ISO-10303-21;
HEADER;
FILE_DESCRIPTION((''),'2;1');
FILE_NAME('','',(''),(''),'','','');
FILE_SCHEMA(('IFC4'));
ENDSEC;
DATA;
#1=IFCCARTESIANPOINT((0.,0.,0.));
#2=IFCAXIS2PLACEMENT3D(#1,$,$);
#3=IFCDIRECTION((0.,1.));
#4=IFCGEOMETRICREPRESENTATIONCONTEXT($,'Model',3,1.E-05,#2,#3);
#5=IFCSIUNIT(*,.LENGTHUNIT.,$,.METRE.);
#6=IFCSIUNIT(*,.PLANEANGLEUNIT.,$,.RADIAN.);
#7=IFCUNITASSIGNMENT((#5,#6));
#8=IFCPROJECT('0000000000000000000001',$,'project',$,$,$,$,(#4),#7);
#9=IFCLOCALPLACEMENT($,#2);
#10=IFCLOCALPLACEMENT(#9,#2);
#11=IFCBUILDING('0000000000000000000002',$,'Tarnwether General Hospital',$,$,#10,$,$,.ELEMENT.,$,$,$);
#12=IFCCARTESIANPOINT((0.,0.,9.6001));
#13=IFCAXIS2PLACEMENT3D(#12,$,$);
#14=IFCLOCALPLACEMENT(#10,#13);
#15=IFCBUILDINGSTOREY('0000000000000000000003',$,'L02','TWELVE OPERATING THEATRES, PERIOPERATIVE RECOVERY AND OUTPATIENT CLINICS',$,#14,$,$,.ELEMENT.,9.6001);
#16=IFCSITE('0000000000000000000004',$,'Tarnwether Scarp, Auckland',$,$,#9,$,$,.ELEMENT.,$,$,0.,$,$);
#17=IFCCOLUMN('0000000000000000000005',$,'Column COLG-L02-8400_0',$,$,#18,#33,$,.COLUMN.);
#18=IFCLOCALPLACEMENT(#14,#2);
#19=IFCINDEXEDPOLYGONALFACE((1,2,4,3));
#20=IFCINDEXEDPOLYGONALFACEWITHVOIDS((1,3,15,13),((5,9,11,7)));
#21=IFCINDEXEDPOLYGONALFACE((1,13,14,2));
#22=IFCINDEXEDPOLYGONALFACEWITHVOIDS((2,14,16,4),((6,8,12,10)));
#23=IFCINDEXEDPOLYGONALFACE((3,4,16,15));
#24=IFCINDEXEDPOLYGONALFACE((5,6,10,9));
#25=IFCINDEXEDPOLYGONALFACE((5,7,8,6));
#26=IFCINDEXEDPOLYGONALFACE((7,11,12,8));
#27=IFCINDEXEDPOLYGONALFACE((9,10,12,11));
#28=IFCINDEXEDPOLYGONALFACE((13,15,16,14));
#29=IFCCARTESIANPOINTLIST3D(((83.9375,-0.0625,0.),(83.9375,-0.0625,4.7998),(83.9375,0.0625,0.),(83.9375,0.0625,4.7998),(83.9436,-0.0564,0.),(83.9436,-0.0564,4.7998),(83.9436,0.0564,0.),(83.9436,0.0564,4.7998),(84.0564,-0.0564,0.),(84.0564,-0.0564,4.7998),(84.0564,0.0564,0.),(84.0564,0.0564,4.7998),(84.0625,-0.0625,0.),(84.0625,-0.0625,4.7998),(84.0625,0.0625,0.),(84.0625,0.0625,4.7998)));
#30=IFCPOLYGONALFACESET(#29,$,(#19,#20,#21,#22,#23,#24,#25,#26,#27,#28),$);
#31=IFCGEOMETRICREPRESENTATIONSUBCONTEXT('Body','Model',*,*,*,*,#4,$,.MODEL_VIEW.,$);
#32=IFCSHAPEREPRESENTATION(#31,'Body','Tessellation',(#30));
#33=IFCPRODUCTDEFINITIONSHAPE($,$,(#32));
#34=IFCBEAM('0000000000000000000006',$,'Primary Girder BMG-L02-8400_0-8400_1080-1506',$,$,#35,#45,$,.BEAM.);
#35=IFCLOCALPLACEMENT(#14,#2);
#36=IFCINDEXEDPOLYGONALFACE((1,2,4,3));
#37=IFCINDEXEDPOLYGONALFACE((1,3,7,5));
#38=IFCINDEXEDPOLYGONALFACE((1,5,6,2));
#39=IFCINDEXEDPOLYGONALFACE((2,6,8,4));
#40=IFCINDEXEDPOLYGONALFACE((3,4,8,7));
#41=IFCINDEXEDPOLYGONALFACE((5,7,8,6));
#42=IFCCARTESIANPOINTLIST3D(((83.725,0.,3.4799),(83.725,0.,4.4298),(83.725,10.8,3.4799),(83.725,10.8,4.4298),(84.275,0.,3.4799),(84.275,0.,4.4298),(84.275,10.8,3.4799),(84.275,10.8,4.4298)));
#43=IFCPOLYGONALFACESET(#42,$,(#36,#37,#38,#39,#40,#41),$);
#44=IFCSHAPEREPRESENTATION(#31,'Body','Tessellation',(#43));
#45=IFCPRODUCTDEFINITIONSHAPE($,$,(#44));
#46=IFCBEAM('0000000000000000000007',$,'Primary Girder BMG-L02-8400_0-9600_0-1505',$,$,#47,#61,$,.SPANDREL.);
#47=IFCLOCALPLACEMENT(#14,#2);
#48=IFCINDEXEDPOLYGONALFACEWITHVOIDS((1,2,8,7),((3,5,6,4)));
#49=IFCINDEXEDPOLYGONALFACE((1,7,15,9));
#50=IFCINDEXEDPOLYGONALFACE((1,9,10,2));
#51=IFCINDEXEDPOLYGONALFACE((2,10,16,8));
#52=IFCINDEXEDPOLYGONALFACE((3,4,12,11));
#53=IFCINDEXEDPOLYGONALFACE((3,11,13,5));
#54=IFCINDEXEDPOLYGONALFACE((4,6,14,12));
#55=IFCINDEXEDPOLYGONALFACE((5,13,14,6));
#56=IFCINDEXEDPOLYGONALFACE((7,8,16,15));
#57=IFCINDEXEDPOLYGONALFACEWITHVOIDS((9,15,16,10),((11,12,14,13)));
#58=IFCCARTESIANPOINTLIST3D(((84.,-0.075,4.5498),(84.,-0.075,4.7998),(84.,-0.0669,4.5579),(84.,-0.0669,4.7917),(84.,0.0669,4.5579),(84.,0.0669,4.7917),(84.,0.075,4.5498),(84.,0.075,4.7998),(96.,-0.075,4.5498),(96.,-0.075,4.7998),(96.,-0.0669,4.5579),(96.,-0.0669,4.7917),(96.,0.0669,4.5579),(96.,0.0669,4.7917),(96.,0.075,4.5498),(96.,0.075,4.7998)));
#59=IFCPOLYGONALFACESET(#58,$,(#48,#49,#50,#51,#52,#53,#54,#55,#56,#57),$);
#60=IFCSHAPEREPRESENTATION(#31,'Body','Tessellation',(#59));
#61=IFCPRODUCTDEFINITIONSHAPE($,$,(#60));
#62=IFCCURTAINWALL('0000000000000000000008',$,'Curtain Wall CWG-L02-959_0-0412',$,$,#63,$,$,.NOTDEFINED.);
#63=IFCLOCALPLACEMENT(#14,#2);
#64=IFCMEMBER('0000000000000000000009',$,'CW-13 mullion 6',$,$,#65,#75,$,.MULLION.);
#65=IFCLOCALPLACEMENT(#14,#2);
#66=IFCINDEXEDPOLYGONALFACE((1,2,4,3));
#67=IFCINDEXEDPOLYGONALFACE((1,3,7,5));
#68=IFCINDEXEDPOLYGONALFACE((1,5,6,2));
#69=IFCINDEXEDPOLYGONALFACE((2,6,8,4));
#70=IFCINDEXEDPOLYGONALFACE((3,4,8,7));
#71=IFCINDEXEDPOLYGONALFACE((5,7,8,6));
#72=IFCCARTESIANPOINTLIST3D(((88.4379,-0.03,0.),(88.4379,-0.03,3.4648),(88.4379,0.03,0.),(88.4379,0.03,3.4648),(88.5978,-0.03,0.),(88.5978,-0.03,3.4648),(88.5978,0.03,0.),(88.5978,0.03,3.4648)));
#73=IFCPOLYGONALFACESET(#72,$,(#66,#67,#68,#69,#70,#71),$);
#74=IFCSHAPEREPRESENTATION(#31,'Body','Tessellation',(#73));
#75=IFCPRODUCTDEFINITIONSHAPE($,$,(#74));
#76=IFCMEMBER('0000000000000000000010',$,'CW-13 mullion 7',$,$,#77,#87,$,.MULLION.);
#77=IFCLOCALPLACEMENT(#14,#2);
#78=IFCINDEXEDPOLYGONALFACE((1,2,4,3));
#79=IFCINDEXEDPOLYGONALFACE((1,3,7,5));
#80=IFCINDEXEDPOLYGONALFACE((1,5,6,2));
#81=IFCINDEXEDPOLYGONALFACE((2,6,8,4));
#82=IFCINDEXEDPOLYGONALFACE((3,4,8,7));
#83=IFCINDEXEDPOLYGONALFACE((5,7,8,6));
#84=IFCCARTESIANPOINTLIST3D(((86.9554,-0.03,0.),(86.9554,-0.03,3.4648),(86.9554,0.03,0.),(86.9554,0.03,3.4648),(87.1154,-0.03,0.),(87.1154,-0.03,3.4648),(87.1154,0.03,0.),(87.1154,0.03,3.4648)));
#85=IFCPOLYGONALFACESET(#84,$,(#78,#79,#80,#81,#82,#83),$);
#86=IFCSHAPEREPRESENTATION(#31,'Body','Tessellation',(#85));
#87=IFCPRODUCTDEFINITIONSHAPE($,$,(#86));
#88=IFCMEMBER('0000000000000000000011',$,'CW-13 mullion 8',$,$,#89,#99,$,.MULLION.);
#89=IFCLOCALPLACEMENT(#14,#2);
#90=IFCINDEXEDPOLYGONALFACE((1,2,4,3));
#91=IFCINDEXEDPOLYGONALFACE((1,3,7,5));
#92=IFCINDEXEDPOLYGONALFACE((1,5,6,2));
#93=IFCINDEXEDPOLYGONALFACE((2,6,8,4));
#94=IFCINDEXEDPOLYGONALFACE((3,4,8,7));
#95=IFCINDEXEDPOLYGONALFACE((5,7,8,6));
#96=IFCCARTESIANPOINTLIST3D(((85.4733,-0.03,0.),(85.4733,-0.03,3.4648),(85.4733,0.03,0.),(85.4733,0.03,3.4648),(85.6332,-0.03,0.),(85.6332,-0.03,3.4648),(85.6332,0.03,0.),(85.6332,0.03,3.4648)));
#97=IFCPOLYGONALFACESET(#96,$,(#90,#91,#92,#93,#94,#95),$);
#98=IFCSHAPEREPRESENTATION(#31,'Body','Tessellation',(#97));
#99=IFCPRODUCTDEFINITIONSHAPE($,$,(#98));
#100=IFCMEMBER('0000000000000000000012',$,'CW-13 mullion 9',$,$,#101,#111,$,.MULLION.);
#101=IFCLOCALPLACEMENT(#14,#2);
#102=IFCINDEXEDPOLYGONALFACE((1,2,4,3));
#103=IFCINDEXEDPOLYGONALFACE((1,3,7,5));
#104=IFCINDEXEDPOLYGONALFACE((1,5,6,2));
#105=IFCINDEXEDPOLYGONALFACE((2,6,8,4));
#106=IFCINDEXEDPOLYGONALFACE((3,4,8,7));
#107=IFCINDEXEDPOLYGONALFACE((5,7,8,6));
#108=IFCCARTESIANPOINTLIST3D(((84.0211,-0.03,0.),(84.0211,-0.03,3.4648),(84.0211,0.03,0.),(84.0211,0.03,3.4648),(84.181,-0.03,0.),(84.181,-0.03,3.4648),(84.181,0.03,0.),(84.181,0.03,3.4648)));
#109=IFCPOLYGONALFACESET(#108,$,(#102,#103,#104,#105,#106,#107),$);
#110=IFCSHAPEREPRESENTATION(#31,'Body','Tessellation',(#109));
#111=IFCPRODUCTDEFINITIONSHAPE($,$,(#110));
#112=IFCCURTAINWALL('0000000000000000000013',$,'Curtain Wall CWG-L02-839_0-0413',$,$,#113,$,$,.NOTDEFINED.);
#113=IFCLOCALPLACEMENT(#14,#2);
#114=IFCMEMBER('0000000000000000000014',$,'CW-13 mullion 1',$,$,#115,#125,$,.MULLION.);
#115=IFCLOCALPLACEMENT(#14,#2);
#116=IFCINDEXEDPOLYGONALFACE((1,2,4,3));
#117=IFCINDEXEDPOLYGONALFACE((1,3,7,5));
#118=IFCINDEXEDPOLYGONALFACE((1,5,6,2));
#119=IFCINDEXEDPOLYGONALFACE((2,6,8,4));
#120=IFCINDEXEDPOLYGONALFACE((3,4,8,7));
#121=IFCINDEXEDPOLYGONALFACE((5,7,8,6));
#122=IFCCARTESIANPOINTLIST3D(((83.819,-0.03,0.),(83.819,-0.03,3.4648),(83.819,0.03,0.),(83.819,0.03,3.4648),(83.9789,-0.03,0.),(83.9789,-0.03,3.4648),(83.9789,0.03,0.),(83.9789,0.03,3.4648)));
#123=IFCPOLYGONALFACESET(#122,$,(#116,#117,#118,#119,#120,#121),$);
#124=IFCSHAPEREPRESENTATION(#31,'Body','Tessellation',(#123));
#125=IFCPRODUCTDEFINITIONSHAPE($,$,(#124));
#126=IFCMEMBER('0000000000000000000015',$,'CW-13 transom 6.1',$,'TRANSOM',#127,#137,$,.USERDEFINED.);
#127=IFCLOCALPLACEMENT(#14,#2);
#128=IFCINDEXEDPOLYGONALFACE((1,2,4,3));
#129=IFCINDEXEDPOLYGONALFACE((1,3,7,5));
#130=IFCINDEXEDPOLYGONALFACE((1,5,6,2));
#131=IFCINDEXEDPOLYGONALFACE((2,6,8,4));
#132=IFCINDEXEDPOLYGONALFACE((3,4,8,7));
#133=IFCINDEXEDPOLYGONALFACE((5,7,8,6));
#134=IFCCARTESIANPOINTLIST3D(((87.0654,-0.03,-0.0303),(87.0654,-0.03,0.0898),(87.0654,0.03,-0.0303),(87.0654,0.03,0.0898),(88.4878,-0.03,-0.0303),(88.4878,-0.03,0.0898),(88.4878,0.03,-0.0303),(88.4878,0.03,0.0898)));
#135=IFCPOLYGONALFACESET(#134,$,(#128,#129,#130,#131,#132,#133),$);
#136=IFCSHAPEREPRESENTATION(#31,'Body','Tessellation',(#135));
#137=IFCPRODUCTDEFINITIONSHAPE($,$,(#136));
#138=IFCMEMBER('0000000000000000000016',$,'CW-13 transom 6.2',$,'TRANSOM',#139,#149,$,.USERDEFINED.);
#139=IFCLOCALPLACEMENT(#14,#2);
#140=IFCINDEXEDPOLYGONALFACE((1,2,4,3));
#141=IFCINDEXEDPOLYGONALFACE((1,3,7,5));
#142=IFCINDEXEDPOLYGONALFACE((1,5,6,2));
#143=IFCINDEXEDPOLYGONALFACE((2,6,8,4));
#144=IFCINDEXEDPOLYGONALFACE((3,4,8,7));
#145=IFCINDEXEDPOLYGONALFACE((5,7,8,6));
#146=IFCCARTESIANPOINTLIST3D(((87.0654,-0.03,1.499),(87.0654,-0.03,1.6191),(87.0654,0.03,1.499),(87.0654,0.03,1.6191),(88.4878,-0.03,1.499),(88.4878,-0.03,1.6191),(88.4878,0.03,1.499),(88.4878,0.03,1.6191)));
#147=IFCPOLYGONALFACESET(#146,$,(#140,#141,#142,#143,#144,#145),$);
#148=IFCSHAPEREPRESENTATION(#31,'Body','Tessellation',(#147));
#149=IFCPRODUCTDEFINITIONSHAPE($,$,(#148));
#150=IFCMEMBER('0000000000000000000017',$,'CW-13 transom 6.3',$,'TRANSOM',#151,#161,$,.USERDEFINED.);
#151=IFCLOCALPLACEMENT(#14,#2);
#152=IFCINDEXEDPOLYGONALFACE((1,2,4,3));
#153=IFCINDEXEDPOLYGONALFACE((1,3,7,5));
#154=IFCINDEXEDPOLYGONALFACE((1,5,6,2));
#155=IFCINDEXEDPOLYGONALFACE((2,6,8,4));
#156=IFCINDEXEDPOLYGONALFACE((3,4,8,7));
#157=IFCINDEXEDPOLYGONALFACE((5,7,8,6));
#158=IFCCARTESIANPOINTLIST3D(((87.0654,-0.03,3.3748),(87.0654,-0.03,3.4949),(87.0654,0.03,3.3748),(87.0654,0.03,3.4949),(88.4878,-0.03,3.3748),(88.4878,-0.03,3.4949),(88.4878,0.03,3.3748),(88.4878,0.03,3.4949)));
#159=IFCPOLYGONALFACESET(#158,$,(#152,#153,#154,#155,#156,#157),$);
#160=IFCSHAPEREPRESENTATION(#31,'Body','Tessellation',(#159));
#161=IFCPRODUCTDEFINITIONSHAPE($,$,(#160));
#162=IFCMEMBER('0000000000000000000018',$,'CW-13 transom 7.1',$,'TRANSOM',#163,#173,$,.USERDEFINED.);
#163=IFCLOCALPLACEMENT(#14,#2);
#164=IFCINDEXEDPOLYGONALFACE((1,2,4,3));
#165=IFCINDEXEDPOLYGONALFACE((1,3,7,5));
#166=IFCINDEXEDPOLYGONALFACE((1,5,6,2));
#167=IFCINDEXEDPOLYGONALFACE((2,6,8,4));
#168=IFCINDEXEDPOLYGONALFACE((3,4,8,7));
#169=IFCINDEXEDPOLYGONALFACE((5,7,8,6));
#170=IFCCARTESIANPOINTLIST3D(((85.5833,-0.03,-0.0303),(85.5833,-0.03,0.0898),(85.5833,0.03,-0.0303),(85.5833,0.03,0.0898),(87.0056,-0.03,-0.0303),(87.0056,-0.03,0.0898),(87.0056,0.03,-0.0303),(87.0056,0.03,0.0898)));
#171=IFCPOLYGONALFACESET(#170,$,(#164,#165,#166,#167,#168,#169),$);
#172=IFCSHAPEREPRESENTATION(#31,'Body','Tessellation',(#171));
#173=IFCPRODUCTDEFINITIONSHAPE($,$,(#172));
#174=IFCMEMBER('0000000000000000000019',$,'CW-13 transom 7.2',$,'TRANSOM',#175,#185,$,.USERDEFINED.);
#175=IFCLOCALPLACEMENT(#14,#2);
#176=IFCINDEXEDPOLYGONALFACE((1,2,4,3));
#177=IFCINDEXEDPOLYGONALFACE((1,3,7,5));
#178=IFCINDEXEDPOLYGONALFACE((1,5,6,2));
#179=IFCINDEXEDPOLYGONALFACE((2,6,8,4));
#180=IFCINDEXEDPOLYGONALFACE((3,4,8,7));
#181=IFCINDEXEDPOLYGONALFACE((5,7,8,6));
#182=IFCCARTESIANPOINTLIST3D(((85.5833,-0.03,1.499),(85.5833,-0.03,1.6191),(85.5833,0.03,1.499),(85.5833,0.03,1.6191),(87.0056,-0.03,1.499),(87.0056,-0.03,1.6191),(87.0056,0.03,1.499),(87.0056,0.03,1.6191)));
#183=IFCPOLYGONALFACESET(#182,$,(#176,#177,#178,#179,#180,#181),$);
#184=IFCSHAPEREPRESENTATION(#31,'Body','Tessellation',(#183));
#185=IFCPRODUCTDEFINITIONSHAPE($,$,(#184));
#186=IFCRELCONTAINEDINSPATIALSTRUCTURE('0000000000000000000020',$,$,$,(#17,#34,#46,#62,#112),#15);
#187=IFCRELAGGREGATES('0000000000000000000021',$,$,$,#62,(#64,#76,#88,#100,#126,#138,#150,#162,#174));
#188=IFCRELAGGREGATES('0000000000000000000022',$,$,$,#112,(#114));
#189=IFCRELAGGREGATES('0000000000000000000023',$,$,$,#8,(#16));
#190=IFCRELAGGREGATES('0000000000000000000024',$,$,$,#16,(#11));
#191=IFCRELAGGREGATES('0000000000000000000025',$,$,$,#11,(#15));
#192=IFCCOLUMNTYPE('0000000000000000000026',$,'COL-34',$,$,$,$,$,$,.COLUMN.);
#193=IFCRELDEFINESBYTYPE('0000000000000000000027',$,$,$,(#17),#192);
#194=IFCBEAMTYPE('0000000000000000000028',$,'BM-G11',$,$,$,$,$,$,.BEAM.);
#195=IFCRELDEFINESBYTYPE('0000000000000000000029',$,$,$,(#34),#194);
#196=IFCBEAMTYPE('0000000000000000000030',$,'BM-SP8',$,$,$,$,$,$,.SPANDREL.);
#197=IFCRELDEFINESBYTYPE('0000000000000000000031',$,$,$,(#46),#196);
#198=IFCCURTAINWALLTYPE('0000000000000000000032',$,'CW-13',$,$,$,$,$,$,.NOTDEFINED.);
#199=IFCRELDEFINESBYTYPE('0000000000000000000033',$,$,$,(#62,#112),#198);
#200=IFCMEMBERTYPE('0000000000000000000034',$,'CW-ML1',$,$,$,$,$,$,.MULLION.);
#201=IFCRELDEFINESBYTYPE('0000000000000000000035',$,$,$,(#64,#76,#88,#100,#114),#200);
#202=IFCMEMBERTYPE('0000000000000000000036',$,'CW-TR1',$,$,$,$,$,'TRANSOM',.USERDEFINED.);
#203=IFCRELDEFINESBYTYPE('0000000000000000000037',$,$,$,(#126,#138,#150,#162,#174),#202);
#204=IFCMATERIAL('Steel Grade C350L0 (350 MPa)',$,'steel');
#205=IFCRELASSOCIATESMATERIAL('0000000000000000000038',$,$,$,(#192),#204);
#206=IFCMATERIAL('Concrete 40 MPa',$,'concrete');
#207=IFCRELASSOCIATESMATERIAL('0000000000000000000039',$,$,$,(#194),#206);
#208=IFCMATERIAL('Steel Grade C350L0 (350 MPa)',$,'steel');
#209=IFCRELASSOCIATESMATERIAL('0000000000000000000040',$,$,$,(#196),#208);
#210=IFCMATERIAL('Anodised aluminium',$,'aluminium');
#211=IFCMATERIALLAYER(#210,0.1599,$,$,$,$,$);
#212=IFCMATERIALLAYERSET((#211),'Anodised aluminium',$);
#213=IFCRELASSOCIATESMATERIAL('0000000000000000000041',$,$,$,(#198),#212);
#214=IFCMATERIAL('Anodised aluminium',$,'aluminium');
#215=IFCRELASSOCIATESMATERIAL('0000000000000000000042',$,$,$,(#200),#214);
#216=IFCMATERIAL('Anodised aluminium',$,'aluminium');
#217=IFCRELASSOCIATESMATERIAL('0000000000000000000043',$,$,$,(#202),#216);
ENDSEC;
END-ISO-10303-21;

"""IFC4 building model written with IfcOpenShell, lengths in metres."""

from ifc_helpers import new_model, si_unit, direction, frame, origin, origin_2d, place, context, subcontext, project, spatial, rectangle, hollow_rectangle, extrude, material, layer, layer_set, material_profile, profile_set, type_object, element, aggregate, save


model = new_model("IFC4")

# Units and contexts
model_context = context("Model", 3, precision=1e-05, world=origin(), true_north=direction((0.0, 1.0)))
body_context = subcontext(model_context, "Body", "Model", "MODEL_VIEW")
ifc_project = project(units=[si_unit("LENGTHUNIT", "METRE"), si_unit("PLANEANGLEUNIT", "RADIAN")], contexts=[model_context])

# Site, building, storey
site_placement = place(None, origin())
site = spatial("IfcSite", under=ifc_project, at=site_placement, Name="Tarnwether Scarp, Auckland", CompositionType="ELEMENT", RefElevation=0.0)
building_placement = place(site_placement, origin())
building = spatial("IfcBuilding", under=site, at=building_placement, Name="Tarnwether General Hospital", CompositionType="ELEMENT")
storey_placement = place(building_placement, frame((0.0, 0.0, 9.6001)))
storey = spatial("IfcBuildingStorey", under=building, at=storey_placement, Name="L02", Description="TWELVE OPERATING THEATRES, PERIOPERATIVE RECOVERY AND OUTPATIENT CLINICS", CompositionType="ELEMENT", Elevation=9.6001)

# Column
ifc_material_1 = material(Name="Steel Grade C350L0 (350 MPa)", Category="steel")
ifc_material_profile_1 = material_profile(ifc_material_1, hollow_rectangle(XDim=0.125, YDim=0.125, WallThickness=0.0061, at=origin_2d()), Name="SHS125x125x6")
ifc_profile_set_1 = profile_set([ifc_material_profile_1], Name="Steel Grade C350L0 (350 MPa)")
column_type = type_object("IfcColumnType", Name="COL-34", PredefinedType="COLUMN", material=ifc_profile_set_1)
column_placement = place(storey_placement, frame((84.0, 0.0, 0.0), z_axis=(0.0, 0.0, 1.0), x_axis=(0.0, 1.0, 0.0)))
element("IfcColumn", 1, at=column_placement, inside=storey, type_object=column_type, Name="Column COLG-L02-8400_0", PredefinedType="COLUMN", context=body_context, shape_type="SweptSolid", body=[
    extrude(hollow_rectangle(XDim=0.125, YDim=0.125, WallThickness=0.0061, at=origin_2d()), origin(), (0.0, 0.0, 1.0), 4.7998),
])

# Beams
ifc_material_2 = material(Name="Concrete 40 MPa", Category="concrete")
ifc_material_profile_2 = material_profile(ifc_material_2, rectangle(XDim=0.55, YDim=0.95, at=origin_2d()), Name="RC-BM-550x950")
ifc_profile_set_2 = profile_set([ifc_material_profile_2], Name="Concrete 40 MPa")
beam_type_1 = type_object("IfcBeamType", Name="BM-G11", PredefinedType="BEAM", material=ifc_profile_set_2)
beam_1_placement = place(storey_placement, frame((84.0, 0.0, 3.9548), z_axis=(0.0, 1.0, 0.0), x_axis=(-1.0, 0.0, 0.0)))
element("IfcBeam", 2, at=beam_1_placement, inside=storey, type_object=beam_type_1, Name="Primary Girder BMG-L02-8400_0-8400_1080-1506", PredefinedType="BEAM", context=body_context, shape_type="SweptSolid", body=[
    extrude(rectangle(XDim=0.55, YDim=0.95, at=origin_2d()), origin(), (0.0, 0.0, 1.0), 10.8),
])
ifc_material_3 = material(Name="Steel Grade C350L0 (350 MPa)", Category="steel")
ifc_material_profile_3 = material_profile(ifc_material_3, hollow_rectangle(XDim=0.1499, YDim=0.25, WallThickness=0.0081, at=origin_2d()), Name="RHS250x150x8")
ifc_profile_set_3 = profile_set([ifc_material_profile_3], Name="Steel Grade C350L0 (350 MPa)")
beam_type_2 = type_object("IfcBeamType", Name="BM-SP8", PredefinedType="SPANDREL", material=ifc_profile_set_3)
beam_2_placement = place(storey_placement, frame((84.0, 0.0, 4.6748), z_axis=(1.0, 0.0, 0.0), x_axis=(0.0, 1.0, 0.0)))
element("IfcBeam", 3, at=beam_2_placement, inside=storey, type_object=beam_type_2, Name="Primary Girder BMG-L02-8400_0-9600_0-1505", PredefinedType="SPANDREL", context=body_context, shape_type="SweptSolid", body=[
    extrude(hollow_rectangle(XDim=0.1499, YDim=0.25, WallThickness=0.0081, at=origin_2d()), origin(), (0.0, 0.0, 1.0), 12.0),
])

# Curtain wall, members
ifc_material_4 = material(Name="Anodised aluminium", Category="aluminium")
ifc_layer_1 = layer(ifc_material_4, 0.1599)
ifc_layer_set_1 = layer_set([ifc_layer_1], Name="Anodised aluminium")
curtain_wall_type = type_object("IfcCurtainWallType", Name="CW-13", PredefinedType="NOTDEFINED", material=ifc_layer_set_1)
curtain_wall_1_placement = place(storey_placement, origin())
curtain_wall_1 = element("IfcCurtainWall", 4, at=curtain_wall_1_placement, inside=storey, type_object=curtain_wall_type, Name="Curtain Wall CWG-L02-959_0-0412", PredefinedType="NOTDEFINED")
ifc_material_5 = material(Name="Anodised aluminium", Category="aluminium")
ifc_material_profile_4 = material_profile(ifc_material_5, rectangle(XDim=0.0601, YDim=0.1599, at=origin_2d()), Name="ALU-MUL-60x160")
ifc_profile_set_4 = profile_set([ifc_material_profile_4], Name="Anodised aluminium")
member_type_1 = type_object("IfcMemberType", Name="CW-ML1", PredefinedType="MULLION", material=ifc_profile_set_4)
member_1_placement = place(storey_placement, frame((88.5178, 0.0, 0.0), z_axis=(0.0, 0.0, 1.0), x_axis=(0.0, -1.0, 0.0)))
member_1 = element("IfcMember", 5, at=member_1_placement, type_object=member_type_1, Name="CW-13 mullion 6", PredefinedType="MULLION", context=body_context, shape_type="SweptSolid", body=[
    extrude(rectangle(XDim=0.0601, YDim=0.1599, at=origin_2d()), origin(), (0.0, 0.0, 1.0), 3.4648),
])
member_2_placement = place(storey_placement, frame((87.0354, 0.0, 0.0), z_axis=(0.0, 0.0, 1.0), x_axis=(0.0, -1.0, 0.0)))
member_2 = element("IfcMember", 6, at=member_2_placement, type_object=member_type_1, Name="CW-13 mullion 7", PredefinedType="MULLION", context=body_context, shape_type="SweptSolid", body=[
    extrude(rectangle(XDim=0.0601, YDim=0.1599, at=origin_2d()), origin(), (0.0, 0.0, 1.0), 3.4648),
])
member_3_placement = place(storey_placement, frame((85.5532, 0.0, 0.0), z_axis=(0.0, 0.0, 1.0), x_axis=(0.0, -1.0, 0.0)))
member_3 = element("IfcMember", 7, at=member_3_placement, type_object=member_type_1, Name="CW-13 mullion 8", PredefinedType="MULLION", context=body_context, shape_type="SweptSolid", body=[
    extrude(rectangle(XDim=0.0601, YDim=0.1599, at=origin_2d()), origin(), (0.0, 0.0, 1.0), 3.4648),
])
member_4_placement = place(storey_placement, frame((84.1011, 0.0, 0.0), z_axis=(0.0, 0.0, 1.0), x_axis=(0.0, -1.0, 0.0)))
member_4 = element("IfcMember", 8, at=member_4_placement, type_object=member_type_1, Name="CW-13 mullion 9", PredefinedType="MULLION", context=body_context, shape_type="SweptSolid", body=[
    extrude(rectangle(XDim=0.0601, YDim=0.1599, at=origin_2d()), origin(), (0.0, 0.0, 1.0), 3.4648),
])

# Curtain wall, member
curtain_wall_2_placement = place(storey_placement, origin())
curtain_wall_2 = element("IfcCurtainWall", 9, at=curtain_wall_2_placement, inside=storey, type_object=curtain_wall_type, Name="Curtain Wall CWG-L02-839_0-0413", PredefinedType="NOTDEFINED")
member_5_placement = place(storey_placement, frame((83.8989, 0.0, 0.0), z_axis=(0.0, 0.0, 1.0), x_axis=(0.0, -1.0, 0.0)))
member_5 = element("IfcMember", 10, at=member_5_placement, type_object=member_type_1, Name="CW-13 mullion 1", PredefinedType="MULLION", context=body_context, shape_type="SweptSolid", body=[
    extrude(rectangle(XDim=0.0601, YDim=0.1599, at=origin_2d()), origin(), (0.0, 0.0, 1.0), 3.4648),
])

# Members
ifc_material_6 = material(Name="Anodised aluminium", Category="aluminium")
ifc_material_profile_5 = material_profile(ifc_material_6, rectangle(XDim=0.0601, YDim=0.1201, at=origin_2d()), Name="ALU-TRN-60x120")
ifc_profile_set_5 = profile_set([ifc_material_profile_5], Name="Anodised aluminium")
member_type_2 = type_object("IfcMemberType", Name="CW-TR1", ElementType="TRANSOM", PredefinedType="USERDEFINED", material=ifc_profile_set_5)
member_6_placement = place(storey_placement, frame((88.4878, 0.0, 0.0298), z_axis=(-1.0, 0.0, 0.0), x_axis=(0.0, -1.0, 0.0)))
member_6 = element("IfcMember", 11, at=member_6_placement, type_object=member_type_2, Name="CW-13 transom 6.1", ObjectType="TRANSOM", PredefinedType="USERDEFINED", context=body_context, shape_type="SweptSolid", body=[
    extrude(rectangle(XDim=0.0601, YDim=0.1201, at=origin_2d()), origin(), (0.0, 0.0, 1.0), 1.4224),
])
member_7_placement = place(storey_placement, frame((88.4878, 0.0, 1.5591), z_axis=(-1.0, 0.0, 0.0), x_axis=(0.0, -1.0, 0.0)))
member_7 = element("IfcMember", 12, at=member_7_placement, type_object=member_type_2, Name="CW-13 transom 6.2", ObjectType="TRANSOM", PredefinedType="USERDEFINED", context=body_context, shape_type="SweptSolid", body=[
    extrude(rectangle(XDim=0.0601, YDim=0.1201, at=origin_2d()), origin(), (0.0, 0.0, 1.0), 1.4224),
])
member_8_placement = place(storey_placement, frame((88.4878, 0.0, 3.4348), z_axis=(-1.0, 0.0, 0.0), x_axis=(0.0, -1.0, 0.0)))
member_8 = element("IfcMember", 13, at=member_8_placement, type_object=member_type_2, Name="CW-13 transom 6.3", ObjectType="TRANSOM", PredefinedType="USERDEFINED", context=body_context, shape_type="SweptSolid", body=[
    extrude(rectangle(XDim=0.0601, YDim=0.1201, at=origin_2d()), origin(), (0.0, 0.0, 1.0), 1.4224),
])
member_9_placement = place(storey_placement, frame((87.0056, 0.0, 0.0298), z_axis=(-1.0, 0.0, 0.0), x_axis=(0.0, -1.0, 0.0)))
member_9 = element("IfcMember", 14, at=member_9_placement, type_object=member_type_2, Name="CW-13 transom 7.1", ObjectType="TRANSOM", PredefinedType="USERDEFINED", context=body_context, shape_type="SweptSolid", body=[
    extrude(rectangle(XDim=0.0601, YDim=0.1201, at=origin_2d()), origin(), (0.0, 0.0, 1.0), 1.4224),
])
member_10_placement = place(storey_placement, frame((87.0056, 0.0, 1.5591), z_axis=(-1.0, 0.0, 0.0), x_axis=(0.0, -1.0, 0.0)))
member_10 = element("IfcMember", 15, at=member_10_placement, type_object=member_type_2, Name="CW-13 transom 7.2", ObjectType="TRANSOM", PredefinedType="USERDEFINED", context=body_context, shape_type="SweptSolid", body=[
    extrude(rectangle(XDim=0.0601, YDim=0.1201, at=origin_2d()), origin(), (0.0, 0.0, 1.0), 1.4224),
])

aggregate(curtain_wall_1, [member_1, member_2, member_3, member_4, member_6, member_7, member_8, member_9, member_10])
aggregate(curtain_wall_2, [member_5])

save(model, "model.ifc")
